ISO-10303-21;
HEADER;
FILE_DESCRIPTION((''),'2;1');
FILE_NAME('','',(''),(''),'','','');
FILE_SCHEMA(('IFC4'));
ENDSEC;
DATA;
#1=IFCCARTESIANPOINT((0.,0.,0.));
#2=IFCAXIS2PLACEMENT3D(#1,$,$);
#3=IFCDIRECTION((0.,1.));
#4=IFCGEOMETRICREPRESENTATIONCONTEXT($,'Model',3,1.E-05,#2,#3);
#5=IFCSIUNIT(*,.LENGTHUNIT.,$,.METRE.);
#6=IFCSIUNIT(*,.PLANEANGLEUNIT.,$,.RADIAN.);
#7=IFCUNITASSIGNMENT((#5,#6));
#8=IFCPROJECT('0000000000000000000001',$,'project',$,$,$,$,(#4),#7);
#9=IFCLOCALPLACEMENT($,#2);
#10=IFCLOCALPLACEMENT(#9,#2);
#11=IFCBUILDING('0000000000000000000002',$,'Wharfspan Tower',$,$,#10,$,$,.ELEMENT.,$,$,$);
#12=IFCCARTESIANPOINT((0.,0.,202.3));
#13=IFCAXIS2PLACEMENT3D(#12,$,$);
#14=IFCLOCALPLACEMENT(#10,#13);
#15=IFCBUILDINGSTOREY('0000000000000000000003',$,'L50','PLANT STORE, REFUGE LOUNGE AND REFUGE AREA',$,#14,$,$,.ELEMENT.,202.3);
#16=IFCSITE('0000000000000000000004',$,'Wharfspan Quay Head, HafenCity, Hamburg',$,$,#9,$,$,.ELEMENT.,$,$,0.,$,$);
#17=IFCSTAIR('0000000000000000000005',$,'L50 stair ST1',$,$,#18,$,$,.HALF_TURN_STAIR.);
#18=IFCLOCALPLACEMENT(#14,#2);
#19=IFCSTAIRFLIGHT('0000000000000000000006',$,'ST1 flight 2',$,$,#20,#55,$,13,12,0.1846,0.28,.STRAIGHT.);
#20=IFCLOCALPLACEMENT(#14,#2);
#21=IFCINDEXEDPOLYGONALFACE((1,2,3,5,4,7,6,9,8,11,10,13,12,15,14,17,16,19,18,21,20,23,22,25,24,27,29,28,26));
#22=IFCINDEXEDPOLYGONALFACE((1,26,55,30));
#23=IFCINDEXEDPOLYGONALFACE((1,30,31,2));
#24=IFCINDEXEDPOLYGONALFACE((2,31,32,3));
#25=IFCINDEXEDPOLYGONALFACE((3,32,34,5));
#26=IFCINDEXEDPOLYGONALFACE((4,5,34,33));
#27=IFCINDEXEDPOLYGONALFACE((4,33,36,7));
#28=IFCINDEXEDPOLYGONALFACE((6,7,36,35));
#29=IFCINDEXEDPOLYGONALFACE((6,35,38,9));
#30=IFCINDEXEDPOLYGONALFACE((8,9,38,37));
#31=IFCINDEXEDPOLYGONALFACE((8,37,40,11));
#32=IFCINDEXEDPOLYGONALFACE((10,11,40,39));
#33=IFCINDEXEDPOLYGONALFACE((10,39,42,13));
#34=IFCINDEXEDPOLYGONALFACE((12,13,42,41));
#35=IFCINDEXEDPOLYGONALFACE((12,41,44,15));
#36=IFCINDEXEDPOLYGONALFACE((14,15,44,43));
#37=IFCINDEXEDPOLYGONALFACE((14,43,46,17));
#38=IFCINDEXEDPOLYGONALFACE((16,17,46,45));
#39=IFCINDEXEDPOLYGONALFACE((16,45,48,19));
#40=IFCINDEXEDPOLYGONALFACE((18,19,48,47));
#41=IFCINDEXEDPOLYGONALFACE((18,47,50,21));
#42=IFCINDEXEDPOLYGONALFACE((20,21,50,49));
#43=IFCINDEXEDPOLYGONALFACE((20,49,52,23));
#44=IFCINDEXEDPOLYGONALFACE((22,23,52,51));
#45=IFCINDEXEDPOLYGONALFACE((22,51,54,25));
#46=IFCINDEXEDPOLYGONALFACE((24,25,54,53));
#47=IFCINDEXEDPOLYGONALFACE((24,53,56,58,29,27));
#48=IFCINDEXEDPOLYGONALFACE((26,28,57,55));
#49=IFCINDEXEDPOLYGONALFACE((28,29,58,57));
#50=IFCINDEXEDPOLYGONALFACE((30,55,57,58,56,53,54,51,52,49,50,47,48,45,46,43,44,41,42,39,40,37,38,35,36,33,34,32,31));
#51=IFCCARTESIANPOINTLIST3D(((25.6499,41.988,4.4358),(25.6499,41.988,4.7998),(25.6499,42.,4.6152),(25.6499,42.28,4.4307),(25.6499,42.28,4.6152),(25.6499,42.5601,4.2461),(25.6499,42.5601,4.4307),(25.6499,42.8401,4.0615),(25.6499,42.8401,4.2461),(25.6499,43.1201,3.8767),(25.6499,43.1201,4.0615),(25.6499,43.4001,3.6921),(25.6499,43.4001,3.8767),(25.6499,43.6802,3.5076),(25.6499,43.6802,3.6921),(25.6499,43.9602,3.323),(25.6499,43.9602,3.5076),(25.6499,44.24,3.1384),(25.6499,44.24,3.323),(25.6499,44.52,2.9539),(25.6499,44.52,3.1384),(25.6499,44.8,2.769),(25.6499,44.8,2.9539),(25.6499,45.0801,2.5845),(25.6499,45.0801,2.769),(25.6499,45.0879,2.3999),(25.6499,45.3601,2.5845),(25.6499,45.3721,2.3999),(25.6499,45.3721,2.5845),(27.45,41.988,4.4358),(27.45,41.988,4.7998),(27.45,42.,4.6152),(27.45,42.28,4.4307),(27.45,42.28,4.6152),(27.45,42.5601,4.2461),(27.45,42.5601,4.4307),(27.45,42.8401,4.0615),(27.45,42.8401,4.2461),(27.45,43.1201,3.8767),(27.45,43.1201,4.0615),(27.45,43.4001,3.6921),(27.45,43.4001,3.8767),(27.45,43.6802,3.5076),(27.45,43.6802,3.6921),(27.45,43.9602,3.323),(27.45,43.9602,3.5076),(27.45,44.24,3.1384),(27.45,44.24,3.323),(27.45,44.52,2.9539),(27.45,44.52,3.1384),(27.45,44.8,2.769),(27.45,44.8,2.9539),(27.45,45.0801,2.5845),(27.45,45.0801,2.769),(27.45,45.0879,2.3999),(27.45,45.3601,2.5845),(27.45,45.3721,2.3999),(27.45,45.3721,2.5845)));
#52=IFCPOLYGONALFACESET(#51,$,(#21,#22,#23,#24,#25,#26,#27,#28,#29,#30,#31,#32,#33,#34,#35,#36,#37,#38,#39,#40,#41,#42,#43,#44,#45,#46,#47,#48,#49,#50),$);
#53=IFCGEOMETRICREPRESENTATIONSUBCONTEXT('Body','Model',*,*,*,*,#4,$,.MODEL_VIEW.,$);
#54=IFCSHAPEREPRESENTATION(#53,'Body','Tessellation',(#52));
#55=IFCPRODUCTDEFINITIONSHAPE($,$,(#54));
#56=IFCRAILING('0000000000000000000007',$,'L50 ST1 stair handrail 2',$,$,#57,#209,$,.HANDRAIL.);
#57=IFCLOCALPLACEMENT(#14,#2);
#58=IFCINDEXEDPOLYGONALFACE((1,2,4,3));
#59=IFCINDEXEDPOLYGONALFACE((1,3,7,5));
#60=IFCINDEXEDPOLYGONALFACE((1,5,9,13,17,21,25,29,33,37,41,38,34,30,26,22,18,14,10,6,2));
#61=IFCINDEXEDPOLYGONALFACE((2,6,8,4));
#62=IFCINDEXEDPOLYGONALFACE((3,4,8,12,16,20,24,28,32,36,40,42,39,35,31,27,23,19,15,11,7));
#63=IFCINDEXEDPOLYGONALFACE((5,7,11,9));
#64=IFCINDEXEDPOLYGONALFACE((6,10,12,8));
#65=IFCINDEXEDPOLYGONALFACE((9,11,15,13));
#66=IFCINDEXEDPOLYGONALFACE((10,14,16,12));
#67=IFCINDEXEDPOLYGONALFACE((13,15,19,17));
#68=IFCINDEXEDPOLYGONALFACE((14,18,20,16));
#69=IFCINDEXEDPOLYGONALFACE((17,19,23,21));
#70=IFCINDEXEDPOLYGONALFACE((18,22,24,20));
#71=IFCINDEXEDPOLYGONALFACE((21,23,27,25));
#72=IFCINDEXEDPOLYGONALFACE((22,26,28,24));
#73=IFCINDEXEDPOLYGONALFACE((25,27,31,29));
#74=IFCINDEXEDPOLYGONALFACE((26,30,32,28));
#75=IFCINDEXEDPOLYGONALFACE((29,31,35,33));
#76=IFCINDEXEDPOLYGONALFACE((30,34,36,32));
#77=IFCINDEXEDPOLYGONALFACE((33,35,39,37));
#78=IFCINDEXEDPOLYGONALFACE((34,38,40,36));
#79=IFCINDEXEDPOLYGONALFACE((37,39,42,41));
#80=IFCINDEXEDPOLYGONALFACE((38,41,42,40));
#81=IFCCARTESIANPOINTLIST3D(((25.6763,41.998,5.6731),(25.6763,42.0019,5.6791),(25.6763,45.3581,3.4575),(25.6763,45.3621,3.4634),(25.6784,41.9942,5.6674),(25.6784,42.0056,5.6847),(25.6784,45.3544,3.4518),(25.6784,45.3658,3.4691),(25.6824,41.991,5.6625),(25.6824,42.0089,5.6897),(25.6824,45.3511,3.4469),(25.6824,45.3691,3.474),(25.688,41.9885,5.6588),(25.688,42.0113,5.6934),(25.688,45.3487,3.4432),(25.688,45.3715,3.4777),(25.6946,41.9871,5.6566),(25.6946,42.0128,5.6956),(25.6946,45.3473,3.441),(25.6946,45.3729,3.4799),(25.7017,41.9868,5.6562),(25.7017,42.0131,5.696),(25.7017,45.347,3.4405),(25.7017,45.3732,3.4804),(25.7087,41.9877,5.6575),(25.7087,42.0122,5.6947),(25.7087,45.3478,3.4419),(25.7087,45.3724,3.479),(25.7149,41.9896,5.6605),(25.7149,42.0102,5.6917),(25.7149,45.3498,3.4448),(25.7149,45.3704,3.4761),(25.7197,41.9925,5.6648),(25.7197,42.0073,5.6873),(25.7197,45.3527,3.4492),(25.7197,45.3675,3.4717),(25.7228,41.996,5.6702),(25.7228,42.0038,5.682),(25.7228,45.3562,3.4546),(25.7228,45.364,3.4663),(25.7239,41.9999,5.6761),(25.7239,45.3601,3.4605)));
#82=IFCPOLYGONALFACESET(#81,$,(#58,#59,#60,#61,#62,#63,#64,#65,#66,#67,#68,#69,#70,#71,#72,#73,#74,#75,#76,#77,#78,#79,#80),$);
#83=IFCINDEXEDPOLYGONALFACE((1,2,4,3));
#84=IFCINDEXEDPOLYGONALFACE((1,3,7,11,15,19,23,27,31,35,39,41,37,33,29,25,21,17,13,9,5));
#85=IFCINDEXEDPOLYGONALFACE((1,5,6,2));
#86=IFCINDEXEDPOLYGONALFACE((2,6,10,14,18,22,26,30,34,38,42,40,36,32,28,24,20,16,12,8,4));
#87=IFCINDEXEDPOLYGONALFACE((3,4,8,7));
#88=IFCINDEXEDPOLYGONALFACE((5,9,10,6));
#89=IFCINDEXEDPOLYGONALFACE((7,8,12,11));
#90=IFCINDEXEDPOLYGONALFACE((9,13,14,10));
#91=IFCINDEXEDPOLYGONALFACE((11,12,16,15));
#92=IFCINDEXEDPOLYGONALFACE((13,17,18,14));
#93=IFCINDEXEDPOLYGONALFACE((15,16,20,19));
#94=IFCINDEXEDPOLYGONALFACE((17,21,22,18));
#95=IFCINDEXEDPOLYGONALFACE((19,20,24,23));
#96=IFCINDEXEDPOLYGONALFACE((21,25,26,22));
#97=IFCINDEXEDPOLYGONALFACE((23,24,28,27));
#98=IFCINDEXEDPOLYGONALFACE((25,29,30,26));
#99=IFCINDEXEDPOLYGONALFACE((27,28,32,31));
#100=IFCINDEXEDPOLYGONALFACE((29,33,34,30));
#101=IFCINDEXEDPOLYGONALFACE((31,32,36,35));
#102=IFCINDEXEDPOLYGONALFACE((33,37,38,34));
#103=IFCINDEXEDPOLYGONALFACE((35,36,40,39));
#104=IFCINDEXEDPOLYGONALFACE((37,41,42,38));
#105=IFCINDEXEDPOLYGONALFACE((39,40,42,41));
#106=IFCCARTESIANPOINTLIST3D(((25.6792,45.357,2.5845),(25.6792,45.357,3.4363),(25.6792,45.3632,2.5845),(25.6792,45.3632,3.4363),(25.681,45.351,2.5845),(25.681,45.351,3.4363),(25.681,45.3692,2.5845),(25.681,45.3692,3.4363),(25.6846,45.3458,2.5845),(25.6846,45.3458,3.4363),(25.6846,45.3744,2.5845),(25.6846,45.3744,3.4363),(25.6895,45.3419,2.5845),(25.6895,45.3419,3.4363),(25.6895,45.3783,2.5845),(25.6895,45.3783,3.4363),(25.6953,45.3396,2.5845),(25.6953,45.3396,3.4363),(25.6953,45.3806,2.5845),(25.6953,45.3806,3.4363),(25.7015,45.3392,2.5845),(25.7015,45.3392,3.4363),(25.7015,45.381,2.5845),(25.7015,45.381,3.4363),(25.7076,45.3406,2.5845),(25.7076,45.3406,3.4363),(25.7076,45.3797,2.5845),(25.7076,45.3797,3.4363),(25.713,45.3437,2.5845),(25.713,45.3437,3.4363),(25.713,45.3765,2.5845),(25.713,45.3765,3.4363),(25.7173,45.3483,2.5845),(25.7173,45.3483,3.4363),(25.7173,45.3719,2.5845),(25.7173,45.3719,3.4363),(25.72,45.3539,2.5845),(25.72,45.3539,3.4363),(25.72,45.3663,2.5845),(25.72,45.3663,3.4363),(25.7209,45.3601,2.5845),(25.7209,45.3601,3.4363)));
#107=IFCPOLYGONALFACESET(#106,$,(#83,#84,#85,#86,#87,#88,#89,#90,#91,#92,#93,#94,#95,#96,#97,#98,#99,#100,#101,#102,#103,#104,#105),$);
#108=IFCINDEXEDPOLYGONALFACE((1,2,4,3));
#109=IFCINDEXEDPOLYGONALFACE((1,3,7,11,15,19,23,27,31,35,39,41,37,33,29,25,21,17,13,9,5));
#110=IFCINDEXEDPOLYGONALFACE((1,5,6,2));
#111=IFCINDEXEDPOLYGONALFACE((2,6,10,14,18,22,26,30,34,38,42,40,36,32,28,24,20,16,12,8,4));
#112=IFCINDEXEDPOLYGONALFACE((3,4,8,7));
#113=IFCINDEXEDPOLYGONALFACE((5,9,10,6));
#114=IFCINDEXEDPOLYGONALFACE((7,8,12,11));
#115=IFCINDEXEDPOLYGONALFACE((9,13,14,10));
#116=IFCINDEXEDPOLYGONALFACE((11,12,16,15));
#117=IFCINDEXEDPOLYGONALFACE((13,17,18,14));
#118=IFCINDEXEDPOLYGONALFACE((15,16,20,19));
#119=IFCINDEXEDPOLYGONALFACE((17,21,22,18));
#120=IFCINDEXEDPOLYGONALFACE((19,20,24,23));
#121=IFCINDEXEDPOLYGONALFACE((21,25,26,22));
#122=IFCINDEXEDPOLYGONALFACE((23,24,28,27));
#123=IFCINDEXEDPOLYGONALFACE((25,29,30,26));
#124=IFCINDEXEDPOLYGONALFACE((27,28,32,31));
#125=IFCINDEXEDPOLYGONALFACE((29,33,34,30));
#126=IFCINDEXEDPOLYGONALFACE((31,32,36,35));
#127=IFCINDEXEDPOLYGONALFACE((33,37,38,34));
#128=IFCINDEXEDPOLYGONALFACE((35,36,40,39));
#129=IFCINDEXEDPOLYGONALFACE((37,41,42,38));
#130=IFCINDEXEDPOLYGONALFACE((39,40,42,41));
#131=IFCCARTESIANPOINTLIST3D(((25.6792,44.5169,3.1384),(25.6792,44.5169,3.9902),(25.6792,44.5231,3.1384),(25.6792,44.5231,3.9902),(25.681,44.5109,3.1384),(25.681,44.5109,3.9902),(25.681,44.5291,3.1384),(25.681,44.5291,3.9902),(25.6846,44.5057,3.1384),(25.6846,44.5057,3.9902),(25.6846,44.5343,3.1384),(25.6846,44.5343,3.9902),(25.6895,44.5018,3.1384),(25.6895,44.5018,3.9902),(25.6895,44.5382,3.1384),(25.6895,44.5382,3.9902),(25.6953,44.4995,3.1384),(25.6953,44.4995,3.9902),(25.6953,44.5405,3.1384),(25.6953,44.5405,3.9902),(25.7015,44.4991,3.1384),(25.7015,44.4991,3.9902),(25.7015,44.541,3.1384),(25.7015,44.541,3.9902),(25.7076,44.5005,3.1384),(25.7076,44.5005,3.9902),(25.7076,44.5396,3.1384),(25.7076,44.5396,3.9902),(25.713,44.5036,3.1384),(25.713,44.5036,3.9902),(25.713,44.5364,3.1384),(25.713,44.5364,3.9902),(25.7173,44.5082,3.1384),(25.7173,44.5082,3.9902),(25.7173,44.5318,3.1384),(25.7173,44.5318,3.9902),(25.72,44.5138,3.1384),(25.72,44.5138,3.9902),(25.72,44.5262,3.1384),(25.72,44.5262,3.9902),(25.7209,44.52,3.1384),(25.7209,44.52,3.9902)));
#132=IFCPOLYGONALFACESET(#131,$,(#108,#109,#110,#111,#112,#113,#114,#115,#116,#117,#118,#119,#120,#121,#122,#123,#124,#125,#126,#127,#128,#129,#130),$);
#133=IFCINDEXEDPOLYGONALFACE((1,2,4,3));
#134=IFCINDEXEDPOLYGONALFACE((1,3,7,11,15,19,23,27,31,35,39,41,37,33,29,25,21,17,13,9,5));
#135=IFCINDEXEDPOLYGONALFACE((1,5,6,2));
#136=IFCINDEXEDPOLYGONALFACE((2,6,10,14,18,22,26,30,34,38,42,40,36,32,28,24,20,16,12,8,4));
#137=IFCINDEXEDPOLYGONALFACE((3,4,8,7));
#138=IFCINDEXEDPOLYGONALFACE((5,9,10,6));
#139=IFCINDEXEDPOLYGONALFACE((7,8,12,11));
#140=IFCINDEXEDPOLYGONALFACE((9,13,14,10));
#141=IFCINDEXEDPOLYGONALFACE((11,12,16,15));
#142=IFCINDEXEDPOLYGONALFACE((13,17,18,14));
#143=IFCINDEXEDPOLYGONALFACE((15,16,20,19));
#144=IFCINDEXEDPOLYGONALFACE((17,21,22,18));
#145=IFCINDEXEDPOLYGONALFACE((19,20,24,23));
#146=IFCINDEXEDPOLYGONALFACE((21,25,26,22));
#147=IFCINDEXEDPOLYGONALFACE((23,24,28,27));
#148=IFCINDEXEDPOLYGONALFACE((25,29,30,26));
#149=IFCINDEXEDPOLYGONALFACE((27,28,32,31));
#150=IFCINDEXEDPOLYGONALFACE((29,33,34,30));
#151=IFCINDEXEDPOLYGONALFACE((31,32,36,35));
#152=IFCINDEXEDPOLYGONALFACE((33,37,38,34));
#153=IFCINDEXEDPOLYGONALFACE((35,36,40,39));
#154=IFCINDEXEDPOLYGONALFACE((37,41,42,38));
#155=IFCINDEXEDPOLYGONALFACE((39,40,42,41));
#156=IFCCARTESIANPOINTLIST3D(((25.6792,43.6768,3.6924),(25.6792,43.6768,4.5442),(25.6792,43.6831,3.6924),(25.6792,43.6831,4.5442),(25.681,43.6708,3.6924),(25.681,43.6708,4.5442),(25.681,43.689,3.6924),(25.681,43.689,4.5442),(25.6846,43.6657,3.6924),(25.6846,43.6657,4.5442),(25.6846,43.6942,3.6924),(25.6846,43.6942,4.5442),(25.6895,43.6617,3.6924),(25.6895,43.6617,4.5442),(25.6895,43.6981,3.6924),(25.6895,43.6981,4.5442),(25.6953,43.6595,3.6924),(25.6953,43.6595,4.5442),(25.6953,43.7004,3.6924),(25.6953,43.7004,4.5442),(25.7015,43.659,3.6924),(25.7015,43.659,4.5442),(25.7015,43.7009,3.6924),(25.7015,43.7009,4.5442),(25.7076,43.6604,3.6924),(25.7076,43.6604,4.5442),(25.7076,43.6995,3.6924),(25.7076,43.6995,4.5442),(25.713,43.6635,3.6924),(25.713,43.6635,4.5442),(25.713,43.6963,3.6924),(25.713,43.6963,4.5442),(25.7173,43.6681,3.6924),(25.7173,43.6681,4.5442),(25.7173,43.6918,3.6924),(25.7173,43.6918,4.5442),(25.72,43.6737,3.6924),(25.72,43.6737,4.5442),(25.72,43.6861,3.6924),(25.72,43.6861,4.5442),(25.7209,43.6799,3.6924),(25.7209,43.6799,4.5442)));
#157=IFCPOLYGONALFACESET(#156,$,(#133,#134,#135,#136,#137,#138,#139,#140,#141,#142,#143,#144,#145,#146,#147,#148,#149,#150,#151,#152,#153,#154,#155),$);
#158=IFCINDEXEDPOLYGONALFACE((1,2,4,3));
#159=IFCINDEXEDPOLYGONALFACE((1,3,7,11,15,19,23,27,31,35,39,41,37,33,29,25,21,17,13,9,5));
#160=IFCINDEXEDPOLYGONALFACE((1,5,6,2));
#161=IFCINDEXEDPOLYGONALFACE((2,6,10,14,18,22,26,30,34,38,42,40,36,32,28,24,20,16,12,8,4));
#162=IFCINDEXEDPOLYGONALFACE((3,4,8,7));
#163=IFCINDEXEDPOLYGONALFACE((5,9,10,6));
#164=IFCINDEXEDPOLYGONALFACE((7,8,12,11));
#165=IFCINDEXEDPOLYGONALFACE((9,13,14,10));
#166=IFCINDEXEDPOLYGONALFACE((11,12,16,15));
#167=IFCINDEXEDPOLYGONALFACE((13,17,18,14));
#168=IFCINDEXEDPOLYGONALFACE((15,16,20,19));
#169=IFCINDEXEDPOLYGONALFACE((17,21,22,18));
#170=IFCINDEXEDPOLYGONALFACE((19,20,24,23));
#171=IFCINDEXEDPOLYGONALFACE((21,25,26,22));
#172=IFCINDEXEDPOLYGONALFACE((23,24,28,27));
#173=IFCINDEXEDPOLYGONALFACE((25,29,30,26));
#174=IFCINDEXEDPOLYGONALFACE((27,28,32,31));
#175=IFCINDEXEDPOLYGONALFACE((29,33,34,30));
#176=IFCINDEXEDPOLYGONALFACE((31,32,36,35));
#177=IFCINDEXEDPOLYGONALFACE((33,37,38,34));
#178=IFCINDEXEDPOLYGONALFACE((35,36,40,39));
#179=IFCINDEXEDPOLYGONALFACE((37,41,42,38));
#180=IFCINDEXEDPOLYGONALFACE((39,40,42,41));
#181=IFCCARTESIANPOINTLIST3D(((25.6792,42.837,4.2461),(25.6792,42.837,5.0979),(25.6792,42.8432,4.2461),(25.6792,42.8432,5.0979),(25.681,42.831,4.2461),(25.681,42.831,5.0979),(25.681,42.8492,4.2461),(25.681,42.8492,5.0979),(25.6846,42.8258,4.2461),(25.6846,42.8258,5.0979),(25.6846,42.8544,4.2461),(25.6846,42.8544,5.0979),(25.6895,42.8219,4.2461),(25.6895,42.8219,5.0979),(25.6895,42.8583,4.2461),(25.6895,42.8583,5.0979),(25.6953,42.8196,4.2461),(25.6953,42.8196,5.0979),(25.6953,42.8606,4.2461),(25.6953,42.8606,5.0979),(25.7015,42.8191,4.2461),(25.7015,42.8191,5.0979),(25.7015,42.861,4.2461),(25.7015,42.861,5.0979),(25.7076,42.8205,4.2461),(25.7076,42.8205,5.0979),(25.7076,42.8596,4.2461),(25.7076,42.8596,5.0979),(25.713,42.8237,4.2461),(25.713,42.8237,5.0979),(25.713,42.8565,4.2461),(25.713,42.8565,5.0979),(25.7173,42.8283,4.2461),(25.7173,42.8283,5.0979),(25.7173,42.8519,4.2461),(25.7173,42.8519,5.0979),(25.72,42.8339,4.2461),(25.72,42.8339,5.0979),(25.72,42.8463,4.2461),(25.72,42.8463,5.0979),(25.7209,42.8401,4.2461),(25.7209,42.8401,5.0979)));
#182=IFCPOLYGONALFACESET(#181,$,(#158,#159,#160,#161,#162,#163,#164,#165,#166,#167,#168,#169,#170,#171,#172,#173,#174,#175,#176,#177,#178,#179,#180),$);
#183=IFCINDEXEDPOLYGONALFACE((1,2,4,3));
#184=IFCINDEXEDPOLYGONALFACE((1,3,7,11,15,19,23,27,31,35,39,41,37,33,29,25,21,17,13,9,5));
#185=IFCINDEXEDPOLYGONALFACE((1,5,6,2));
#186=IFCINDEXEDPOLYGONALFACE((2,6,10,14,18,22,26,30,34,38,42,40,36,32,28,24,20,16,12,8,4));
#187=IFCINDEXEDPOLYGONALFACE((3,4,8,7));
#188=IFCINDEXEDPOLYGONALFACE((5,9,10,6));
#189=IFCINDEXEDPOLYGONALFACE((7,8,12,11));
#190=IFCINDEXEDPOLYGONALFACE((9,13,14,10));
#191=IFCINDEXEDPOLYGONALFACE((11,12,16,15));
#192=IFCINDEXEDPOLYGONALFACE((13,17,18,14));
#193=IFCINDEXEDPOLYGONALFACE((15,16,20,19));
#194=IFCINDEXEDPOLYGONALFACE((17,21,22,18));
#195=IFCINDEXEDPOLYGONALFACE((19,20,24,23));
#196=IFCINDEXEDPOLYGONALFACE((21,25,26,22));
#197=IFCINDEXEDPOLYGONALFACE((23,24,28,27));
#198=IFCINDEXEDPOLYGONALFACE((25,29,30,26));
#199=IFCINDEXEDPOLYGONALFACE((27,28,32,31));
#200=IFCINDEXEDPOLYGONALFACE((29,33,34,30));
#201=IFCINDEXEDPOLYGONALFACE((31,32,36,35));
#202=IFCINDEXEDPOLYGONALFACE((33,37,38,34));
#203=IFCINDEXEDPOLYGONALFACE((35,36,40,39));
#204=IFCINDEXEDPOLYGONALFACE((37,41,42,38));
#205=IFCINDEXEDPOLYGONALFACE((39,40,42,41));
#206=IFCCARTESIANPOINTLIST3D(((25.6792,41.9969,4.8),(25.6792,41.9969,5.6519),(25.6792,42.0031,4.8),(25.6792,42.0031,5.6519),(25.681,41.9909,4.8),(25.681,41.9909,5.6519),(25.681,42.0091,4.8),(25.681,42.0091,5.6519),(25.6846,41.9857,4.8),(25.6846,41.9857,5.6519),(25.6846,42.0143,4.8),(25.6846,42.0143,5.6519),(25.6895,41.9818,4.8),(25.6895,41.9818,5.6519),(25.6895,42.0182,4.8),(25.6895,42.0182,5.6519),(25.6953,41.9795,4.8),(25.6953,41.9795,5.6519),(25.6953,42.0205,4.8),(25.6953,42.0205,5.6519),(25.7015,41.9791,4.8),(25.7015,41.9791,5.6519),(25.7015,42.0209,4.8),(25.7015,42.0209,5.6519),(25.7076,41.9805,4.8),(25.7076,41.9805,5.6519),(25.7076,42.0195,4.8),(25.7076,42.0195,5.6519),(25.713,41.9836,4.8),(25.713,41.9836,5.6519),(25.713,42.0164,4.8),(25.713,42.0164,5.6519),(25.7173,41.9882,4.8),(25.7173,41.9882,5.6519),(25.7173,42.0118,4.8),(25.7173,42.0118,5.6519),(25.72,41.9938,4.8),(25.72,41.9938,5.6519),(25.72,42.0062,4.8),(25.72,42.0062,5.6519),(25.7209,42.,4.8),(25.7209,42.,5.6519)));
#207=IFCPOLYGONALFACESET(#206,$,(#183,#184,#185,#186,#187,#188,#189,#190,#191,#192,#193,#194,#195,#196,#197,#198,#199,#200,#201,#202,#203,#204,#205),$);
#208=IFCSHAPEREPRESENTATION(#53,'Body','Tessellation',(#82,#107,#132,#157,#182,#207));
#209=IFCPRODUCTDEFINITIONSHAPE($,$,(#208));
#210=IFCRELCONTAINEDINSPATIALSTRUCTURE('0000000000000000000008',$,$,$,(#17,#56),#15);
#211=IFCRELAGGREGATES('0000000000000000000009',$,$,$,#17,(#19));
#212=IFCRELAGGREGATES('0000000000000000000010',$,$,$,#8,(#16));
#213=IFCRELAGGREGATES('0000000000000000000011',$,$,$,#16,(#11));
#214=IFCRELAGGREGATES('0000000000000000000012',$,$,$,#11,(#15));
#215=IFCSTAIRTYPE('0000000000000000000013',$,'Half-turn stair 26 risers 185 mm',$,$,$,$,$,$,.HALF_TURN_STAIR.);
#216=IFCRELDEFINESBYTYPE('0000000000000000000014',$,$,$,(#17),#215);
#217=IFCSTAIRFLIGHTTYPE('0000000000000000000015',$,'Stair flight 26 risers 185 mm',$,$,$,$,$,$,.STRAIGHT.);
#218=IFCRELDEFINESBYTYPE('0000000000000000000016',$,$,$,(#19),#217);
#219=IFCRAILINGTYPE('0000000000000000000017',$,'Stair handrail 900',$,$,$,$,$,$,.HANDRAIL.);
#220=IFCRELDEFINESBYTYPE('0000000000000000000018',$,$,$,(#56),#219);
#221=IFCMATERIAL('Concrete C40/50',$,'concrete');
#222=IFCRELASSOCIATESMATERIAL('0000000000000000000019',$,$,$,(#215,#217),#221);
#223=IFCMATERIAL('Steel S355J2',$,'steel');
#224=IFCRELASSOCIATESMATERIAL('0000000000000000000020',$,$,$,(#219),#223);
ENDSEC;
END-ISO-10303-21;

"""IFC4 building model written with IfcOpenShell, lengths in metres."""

from ifc_helpers import new_model, si_unit, direction, frame, origin, origin_2d, place, context, subcontext, project, spatial, polyline, circle, outline, extrude, material, type_object, element, aggregate, save


model = new_model("IFC4")

# Units and contexts
model_context = context("Model", 3, precision=1e-05, world=origin(), true_north=direction((0.0, 1.0)))
body_context = subcontext(model_context, "Body", "Model", "MODEL_VIEW")
ifc_project = project(units=[si_unit("LENGTHUNIT", "METRE"), si_unit("PLANEANGLEUNIT", "RADIAN")], contexts=[model_context])

# Site, building, storey
site_placement = place(None, origin())
site = spatial("IfcSite", under=ifc_project, at=site_placement, Name="Wharfspan Quay Head, HafenCity, Hamburg", CompositionType="ELEMENT", RefElevation=0.0)
building_placement = place(site_placement, origin())
building = spatial("IfcBuilding", under=site, at=building_placement, Name="Wharfspan Tower", CompositionType="ELEMENT")
storey_placement = place(building_placement, frame((0.0, 0.0, 202.3)))
storey = spatial("IfcBuildingStorey", under=building, at=storey_placement, Name="L50", Description="PLANT STORE, REFUGE LOUNGE AND REFUGE AREA", CompositionType="ELEMENT", Elevation=202.3)

# Shared definitions
ifc_material_1 = material(Name="Steel S355J2", Category="steel")

# Shared definitions
ifc_material_2 = material(Name="Concrete C40/50", Category="concrete")

# Stair, stair flight
stair_type = type_object("IfcStairType", Name="Half-turn stair 26 risers 185 mm", PredefinedType="HALF_TURN_STAIR", material=ifc_material_2)
stair_placement = place(storey_placement, origin())
stair = element("IfcStair", 1, at=stair_placement, inside=storey, type_object=stair_type, Name="L50 stair ST1", PredefinedType="HALF_TURN_STAIR")
stair_flight_type = type_object("IfcStairFlightType", Name="Stair flight 26 risers 185 mm", PredefinedType="STRAIGHT", material=ifc_material_2)
stair_flight_1_placement = place(storey_placement, frame((26.55, 45.3601, 2.3999), z_axis=(0.0, 0.0, 1.0), x_axis=(0.0, -1.0, 0.0)))
stair_flight_1 = element("IfcStairFlight", 2, at=stair_flight_1_placement, type_object=stair_flight_type, Name="ST1 flight 2", NumberOfRisers=13, NumberOfTreads=12, PredefinedType="STRAIGHT", RiserHeight=0.1846, TreadLength=0.28, context=body_context, shape_type="SweptSolid", body=[
    extrude(outline(polyline([(-0.012, 0.0), (-0.012, 0.1846), (0.0, 0.1846), (0.28, 0.1846), (0.28, 0.3691), (0.5601, 0.3691), (0.5601, 0.554), (0.8401, 0.554), (0.8401, 0.7385), (1.1201, 0.7385), (1.1201, 0.9231), (1.3999, 0.9231), (1.3999, 1.1077), (1.6799, 1.1077), (1.6799, 1.2922), (1.96, 1.2922), (1.96, 1.4768), (2.24, 1.4768), (2.24, 1.6616), (2.52, 1.6616), (2.52, 1.8462), (2.8, 1.8462), (2.8, 2.0308), (3.0801, 2.0308), (3.0801, 2.2153), (3.3601, 2.2153), (3.3721, 2.3999), (3.3721, 2.0359), (0.2722, 0.0), (-0.012, 0.0)])), frame((0.0, 0.8999, 0.0), z_axis=(0.0, -1.0, 0.0), x_axis=(1.0, 0.0, 0.0)), (0.0, 0.0, 1.0), 1.8),
])
aggregate(stair, [stair_flight_1])

# Railing
railing_type = type_object("IfcRailingType", Name="Stair handrail 900", PredefinedType="HANDRAIL", material=ifc_material_1)
railing_placement = place(storey_placement, frame((25.7, 45.3601, 2.5845)))
element("IfcRailing", 3, at=railing_placement, inside=storey, type_object=railing_type, Name="L50 ST1 stair handrail 2", PredefinedType="HANDRAIL", context=body_context, shape_type="SweptSolid", body=[
    extrude(circle(Radius=0.0239, at=origin_2d()), frame((0.0, 0.0, 0.876), z_axis=(0.0, -0.834849, 0.55048), x_axis=(1.0, 0.0, 0.0)), (0.0, 0.0, 1.0), 4.0249),
    extrude(circle(Radius=0.021, at=origin_2d()), origin(), (0.0, 0.0, 1.0), 0.8518),
    extrude(circle(Radius=0.021, at=origin_2d()), frame((0.0, -0.8401, 0.554)), (0.0, 0.0, 1.0), 0.8518),
    extrude(circle(Radius=0.021, at=origin_2d()), frame((0.0, -1.6802, 1.1079)), (0.0, 0.0, 1.0), 0.8518),
    extrude(circle(Radius=0.021, at=origin_2d()), frame((0.0, -2.52, 1.6616)), (0.0, 0.0, 1.0), 0.8518),
    extrude(circle(Radius=0.021, at=origin_2d()), frame((0.0, -3.3601, 2.2156)), (0.0, 0.0, 1.0), 0.8518),
])

save(model, "model.ifc")
